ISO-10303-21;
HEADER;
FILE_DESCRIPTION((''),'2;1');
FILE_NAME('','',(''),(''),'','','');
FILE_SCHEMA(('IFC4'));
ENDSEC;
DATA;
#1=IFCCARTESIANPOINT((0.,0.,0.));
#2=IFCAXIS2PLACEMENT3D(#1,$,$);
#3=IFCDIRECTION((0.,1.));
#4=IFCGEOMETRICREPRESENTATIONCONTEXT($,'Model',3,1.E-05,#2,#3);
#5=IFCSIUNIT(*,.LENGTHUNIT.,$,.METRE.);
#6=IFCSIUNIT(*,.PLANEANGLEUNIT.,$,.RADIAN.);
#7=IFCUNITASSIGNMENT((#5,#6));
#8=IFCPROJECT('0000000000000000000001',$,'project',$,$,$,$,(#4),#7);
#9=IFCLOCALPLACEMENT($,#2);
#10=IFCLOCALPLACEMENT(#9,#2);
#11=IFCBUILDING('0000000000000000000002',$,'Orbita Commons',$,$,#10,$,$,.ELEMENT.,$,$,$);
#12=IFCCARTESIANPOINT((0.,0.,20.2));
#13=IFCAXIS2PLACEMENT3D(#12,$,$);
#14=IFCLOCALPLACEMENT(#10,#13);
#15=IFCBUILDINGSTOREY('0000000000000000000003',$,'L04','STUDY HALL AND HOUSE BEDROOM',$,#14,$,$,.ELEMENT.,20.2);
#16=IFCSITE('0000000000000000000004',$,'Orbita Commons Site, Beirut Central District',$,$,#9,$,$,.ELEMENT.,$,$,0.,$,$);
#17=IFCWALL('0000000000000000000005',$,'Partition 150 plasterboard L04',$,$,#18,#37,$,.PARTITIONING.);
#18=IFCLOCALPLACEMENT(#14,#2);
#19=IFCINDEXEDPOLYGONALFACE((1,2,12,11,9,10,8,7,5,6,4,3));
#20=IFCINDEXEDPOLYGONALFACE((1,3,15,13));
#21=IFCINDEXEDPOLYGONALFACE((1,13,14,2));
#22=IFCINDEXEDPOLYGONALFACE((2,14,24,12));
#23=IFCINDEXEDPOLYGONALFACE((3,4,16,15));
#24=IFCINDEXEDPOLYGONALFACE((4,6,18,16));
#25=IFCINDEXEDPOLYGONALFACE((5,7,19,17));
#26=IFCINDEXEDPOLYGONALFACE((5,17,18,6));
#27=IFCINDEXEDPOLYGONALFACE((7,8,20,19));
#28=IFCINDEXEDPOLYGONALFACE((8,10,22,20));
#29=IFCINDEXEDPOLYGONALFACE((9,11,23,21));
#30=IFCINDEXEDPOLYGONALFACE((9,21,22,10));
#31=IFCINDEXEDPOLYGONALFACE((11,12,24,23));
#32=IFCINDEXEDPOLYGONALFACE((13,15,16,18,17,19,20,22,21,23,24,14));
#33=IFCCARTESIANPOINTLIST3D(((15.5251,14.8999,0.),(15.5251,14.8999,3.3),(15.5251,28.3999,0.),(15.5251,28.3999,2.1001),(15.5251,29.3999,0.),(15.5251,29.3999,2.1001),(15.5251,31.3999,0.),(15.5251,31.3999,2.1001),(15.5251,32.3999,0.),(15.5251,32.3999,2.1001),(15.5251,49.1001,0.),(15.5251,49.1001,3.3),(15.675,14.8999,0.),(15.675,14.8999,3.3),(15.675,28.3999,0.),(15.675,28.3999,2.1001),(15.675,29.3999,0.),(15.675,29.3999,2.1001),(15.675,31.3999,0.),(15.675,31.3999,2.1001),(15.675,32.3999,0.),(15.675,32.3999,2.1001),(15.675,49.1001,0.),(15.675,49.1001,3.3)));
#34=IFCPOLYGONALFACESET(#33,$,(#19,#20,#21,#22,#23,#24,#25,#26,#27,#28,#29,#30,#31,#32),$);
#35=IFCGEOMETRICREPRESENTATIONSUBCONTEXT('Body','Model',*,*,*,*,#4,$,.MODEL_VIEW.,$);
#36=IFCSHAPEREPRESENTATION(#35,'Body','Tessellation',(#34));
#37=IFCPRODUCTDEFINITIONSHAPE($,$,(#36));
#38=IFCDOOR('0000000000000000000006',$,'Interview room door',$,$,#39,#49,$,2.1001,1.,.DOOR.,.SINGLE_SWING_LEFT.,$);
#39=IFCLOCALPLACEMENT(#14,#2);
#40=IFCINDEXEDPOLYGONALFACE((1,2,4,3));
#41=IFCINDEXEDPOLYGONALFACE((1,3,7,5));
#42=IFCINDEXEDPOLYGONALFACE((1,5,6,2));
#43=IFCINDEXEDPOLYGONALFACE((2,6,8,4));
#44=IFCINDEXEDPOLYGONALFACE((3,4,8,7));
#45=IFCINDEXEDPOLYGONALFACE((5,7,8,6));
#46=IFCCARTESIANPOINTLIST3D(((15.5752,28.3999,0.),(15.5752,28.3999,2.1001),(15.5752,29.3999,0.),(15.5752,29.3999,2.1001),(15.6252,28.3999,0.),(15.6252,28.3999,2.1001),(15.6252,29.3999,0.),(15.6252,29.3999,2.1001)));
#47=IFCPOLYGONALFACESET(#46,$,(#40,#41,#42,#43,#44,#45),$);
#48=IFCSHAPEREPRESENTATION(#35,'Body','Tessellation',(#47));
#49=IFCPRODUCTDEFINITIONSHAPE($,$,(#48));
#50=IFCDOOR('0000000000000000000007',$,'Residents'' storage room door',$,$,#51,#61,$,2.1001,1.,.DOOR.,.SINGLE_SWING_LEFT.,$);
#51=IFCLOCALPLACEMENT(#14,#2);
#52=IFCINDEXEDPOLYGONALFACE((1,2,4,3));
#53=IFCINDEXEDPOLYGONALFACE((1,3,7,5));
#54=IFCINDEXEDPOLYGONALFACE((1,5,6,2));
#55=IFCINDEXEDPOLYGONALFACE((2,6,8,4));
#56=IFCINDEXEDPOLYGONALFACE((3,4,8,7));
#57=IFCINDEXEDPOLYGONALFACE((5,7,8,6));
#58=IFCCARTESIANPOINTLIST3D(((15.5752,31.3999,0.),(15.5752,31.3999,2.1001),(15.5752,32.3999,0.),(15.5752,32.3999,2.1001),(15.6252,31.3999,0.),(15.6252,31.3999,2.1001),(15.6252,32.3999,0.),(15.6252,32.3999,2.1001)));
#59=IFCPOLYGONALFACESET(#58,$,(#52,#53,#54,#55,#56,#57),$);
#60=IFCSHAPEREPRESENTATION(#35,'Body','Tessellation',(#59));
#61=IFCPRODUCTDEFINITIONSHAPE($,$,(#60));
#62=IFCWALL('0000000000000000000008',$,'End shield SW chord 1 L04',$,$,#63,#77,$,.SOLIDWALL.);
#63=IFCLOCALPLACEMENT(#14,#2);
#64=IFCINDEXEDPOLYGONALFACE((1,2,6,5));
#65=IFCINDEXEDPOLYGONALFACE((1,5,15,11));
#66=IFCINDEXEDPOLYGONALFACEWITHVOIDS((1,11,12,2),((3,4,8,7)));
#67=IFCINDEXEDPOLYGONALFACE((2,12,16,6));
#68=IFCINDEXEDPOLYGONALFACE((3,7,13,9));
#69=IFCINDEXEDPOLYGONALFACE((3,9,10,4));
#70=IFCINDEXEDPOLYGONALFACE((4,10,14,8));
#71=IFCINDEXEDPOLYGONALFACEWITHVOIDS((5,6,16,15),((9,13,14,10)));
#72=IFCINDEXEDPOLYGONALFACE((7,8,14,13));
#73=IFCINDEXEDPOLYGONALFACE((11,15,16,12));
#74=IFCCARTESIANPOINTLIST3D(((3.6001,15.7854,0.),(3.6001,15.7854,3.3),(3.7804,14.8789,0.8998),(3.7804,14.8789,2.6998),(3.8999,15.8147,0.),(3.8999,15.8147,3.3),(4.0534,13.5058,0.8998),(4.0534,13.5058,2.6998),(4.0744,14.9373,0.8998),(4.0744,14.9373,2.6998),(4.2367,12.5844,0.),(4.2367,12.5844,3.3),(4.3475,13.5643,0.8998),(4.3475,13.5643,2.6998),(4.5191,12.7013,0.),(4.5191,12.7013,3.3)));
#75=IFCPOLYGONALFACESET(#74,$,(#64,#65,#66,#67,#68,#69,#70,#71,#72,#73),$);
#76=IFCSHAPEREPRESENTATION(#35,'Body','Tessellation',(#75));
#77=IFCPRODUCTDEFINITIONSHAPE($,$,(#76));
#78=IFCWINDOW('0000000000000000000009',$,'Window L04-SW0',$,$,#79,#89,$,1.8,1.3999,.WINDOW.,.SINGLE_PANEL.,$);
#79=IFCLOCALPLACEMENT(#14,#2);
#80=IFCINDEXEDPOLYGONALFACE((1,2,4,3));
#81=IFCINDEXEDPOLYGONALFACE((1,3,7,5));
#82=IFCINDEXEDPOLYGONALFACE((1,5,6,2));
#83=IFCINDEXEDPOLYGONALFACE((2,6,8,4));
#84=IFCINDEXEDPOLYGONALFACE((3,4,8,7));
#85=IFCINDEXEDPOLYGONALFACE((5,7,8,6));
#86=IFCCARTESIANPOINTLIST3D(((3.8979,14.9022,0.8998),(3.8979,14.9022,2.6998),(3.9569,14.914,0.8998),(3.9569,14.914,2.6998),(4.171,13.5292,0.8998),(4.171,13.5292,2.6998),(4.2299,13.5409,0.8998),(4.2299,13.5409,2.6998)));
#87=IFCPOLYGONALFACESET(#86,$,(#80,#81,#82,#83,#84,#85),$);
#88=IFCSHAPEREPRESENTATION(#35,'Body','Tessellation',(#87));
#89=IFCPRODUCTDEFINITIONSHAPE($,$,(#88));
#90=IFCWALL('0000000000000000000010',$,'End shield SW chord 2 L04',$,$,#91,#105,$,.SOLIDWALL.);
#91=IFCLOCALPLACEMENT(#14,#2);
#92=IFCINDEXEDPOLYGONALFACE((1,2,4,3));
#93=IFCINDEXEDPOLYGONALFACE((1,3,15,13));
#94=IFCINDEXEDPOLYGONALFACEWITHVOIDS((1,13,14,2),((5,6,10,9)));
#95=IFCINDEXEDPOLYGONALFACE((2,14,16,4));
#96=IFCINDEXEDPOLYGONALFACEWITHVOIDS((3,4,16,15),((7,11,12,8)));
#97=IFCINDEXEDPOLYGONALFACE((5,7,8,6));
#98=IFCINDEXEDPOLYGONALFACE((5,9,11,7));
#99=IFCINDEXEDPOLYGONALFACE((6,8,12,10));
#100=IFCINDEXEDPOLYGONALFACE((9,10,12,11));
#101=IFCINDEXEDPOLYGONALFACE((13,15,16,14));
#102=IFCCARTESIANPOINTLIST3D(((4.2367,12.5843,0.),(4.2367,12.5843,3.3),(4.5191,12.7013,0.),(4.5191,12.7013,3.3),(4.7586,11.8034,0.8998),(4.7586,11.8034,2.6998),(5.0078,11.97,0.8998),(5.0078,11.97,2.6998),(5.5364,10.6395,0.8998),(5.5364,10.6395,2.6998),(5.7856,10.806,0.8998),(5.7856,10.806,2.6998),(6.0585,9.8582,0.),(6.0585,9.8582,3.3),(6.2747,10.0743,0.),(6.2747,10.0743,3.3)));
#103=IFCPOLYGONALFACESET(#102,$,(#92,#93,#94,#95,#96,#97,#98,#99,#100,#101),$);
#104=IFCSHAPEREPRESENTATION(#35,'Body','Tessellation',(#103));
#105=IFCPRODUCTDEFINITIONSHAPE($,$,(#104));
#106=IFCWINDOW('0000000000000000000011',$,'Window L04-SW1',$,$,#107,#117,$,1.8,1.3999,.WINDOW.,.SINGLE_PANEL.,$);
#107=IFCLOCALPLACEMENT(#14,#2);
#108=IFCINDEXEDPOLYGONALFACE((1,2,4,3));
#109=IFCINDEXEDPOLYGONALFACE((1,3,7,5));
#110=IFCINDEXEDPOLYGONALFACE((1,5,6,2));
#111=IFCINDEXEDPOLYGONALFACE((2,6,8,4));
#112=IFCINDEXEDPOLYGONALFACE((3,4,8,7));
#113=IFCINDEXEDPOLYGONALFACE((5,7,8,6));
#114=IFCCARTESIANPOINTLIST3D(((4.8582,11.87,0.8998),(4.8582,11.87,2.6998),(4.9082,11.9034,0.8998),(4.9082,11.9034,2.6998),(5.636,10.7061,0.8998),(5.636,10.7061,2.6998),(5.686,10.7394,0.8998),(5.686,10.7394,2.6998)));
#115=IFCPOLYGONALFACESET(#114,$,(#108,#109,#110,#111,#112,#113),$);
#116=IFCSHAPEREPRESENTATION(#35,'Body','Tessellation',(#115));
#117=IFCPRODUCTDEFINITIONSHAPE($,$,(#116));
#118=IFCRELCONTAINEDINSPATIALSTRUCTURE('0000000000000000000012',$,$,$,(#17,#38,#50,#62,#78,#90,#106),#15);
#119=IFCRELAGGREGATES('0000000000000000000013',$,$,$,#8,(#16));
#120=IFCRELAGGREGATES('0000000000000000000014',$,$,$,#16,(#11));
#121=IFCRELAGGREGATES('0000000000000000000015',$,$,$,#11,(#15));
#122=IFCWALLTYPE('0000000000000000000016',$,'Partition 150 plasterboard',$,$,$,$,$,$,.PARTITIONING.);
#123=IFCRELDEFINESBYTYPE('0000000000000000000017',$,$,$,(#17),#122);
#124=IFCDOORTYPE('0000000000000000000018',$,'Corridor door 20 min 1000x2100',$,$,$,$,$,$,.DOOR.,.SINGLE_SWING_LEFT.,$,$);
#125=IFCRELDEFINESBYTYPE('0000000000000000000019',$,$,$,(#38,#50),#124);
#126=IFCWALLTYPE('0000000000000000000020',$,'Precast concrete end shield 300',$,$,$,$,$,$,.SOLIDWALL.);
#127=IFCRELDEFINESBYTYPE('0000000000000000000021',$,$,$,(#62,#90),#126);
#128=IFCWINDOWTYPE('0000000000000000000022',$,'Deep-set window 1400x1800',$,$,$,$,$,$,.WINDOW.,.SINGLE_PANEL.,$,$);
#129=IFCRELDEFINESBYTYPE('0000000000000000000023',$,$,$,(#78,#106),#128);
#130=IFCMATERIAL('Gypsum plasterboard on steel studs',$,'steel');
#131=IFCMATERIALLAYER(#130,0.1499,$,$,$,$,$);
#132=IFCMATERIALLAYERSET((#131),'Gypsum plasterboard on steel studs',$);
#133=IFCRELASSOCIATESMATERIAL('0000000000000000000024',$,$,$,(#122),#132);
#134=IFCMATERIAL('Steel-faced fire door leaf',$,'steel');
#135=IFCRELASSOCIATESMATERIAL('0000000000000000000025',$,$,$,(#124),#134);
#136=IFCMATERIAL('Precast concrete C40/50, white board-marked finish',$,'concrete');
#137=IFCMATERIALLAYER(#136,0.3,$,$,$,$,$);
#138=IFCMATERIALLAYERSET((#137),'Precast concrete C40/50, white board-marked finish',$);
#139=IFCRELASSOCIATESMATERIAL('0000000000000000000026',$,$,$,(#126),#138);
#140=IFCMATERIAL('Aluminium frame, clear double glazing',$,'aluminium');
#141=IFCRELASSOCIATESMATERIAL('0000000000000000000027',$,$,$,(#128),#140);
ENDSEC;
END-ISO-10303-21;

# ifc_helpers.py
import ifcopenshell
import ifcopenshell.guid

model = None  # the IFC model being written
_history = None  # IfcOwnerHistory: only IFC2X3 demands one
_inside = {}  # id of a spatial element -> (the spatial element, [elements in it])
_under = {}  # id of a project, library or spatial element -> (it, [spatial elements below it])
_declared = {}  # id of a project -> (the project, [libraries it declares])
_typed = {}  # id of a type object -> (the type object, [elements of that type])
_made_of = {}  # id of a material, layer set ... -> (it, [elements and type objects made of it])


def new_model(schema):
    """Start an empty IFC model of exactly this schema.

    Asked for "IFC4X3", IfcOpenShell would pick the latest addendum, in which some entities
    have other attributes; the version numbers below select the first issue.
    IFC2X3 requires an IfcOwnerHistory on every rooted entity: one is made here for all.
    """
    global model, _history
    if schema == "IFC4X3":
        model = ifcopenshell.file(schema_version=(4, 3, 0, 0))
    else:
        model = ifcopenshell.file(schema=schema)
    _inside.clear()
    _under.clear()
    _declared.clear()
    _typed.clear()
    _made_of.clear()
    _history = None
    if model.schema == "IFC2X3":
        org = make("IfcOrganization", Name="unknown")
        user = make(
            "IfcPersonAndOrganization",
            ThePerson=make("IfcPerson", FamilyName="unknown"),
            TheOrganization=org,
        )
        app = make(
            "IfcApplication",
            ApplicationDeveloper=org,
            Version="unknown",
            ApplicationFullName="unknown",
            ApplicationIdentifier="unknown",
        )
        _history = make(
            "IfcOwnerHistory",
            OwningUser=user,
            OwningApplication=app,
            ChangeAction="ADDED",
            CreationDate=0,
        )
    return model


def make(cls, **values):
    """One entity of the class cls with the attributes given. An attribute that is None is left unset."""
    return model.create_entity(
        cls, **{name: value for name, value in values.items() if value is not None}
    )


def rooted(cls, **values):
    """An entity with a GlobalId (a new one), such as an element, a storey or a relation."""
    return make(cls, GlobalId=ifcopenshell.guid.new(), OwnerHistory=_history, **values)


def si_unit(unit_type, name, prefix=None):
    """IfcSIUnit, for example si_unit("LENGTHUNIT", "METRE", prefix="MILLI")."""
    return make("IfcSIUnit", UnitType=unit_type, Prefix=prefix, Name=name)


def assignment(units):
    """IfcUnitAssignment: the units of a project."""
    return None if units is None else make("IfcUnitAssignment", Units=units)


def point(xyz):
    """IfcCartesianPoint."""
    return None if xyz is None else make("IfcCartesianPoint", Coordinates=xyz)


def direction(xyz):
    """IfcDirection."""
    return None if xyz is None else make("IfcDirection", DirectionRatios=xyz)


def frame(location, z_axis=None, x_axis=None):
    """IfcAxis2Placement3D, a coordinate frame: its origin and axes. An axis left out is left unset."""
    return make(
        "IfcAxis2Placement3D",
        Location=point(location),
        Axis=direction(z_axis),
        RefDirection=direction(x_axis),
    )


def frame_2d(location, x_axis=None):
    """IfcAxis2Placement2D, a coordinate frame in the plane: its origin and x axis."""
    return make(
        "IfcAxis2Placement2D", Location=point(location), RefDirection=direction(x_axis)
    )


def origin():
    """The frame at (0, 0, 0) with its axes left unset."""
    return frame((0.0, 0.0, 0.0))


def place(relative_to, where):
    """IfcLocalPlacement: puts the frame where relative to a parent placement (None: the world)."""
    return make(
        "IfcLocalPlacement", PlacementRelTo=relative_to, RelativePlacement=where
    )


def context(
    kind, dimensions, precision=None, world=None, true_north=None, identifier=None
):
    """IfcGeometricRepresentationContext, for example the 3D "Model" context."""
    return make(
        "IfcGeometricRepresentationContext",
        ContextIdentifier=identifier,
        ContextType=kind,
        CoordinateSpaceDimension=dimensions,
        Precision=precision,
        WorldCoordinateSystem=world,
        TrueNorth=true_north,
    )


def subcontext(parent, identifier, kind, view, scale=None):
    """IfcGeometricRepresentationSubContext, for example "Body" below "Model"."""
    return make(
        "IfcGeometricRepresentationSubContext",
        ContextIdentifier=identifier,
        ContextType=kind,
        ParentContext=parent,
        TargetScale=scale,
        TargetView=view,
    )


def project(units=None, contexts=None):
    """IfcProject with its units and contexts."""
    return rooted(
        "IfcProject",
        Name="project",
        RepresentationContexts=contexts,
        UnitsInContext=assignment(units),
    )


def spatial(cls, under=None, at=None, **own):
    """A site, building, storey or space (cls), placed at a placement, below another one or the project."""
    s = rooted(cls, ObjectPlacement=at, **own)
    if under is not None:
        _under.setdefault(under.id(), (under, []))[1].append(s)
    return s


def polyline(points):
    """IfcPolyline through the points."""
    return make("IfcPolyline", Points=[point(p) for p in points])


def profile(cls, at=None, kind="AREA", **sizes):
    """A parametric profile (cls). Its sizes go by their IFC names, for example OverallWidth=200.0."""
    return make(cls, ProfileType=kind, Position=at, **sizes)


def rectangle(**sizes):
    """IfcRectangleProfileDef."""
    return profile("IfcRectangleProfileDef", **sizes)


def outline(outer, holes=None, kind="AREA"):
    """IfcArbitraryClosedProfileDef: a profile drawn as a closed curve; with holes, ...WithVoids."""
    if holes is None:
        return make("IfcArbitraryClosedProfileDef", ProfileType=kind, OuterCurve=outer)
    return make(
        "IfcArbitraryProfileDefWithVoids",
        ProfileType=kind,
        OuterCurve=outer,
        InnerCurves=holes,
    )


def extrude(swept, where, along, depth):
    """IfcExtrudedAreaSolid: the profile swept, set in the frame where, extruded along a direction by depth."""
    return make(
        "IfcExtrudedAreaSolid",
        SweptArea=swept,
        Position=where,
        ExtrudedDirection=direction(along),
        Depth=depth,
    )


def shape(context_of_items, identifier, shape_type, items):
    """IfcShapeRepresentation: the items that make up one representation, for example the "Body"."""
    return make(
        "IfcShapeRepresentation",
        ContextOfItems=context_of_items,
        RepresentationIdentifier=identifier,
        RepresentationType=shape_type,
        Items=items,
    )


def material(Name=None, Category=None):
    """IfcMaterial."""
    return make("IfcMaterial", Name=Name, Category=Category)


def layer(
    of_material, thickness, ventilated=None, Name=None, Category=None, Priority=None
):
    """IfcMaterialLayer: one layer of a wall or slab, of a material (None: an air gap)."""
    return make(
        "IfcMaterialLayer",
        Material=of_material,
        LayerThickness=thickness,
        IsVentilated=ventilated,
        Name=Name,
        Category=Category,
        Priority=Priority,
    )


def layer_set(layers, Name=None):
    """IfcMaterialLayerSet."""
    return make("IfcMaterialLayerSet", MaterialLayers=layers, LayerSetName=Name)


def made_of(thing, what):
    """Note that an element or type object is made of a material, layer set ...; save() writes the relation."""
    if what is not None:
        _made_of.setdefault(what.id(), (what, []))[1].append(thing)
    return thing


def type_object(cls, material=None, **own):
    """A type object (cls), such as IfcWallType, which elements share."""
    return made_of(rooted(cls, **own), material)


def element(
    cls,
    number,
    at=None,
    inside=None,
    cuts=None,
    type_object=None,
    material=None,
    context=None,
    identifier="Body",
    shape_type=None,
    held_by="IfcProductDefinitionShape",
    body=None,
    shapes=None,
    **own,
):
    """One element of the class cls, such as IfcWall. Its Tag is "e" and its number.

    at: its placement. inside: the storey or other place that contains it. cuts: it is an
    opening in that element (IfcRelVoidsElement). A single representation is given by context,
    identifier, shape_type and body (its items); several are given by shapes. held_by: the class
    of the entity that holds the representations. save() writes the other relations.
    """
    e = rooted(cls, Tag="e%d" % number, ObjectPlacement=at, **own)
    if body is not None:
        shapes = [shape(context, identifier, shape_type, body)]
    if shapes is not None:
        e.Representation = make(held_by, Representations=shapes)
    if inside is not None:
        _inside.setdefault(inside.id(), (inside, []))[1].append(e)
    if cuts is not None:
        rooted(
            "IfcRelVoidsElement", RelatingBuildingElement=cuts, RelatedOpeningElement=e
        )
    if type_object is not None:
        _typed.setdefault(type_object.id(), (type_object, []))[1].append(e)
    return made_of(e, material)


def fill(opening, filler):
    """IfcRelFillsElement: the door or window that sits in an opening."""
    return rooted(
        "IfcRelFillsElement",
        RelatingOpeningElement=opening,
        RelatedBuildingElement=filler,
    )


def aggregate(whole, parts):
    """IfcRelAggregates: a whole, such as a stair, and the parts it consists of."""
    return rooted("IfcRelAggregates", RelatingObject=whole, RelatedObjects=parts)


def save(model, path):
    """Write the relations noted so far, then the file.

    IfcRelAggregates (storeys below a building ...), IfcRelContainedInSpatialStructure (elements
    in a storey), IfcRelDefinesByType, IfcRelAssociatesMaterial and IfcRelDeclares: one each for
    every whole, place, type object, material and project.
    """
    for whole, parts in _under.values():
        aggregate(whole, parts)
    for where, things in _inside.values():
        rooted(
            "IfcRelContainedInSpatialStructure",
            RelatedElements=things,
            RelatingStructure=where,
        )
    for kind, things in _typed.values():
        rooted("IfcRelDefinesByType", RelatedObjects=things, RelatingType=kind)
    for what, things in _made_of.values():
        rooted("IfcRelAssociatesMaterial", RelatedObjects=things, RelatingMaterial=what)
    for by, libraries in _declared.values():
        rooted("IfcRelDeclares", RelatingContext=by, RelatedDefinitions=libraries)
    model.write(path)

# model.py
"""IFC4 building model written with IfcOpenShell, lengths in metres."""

from ifc_helpers import new_model, si_unit, direction, frame, frame_2d, origin, place, context, subcontext, project, spatial, polyline, rectangle, outline, extrude, material, layer, layer_set, type_object, element, fill, save


model = new_model("IFC4")

# Units and contexts
model_context = context("Model", 3, precision=1e-05, world=origin(), true_north=direction((0.0, 1.0)))
body_context = subcontext(model_context, "Body", "Model", "MODEL_VIEW")
ifc_project = project(units=[si_unit("LENGTHUNIT", "METRE"), si_unit("PLANEANGLEUNIT", "RADIAN")], contexts=[model_context])

# Site, building, storey
site_placement = place(None, origin())
site = spatial("IfcSite", under=ifc_project, at=site_placement, Name="Orbita Commons Site, Beirut Central District", CompositionType="ELEMENT", RefElevation=0.0)
building_placement = place(site_placement, origin())
building = spatial("IfcBuilding", under=site, at=building_placement, Name="Orbita Commons", CompositionType="ELEMENT")
storey_placement = place(building_placement, frame((0.0, 0.0, 20.2)))
storey = spatial("IfcBuildingStorey", under=building, at=storey_placement, Name="L04", Description="STUDY HALL AND HOUSE BEDROOM", CompositionType="ELEMENT", Elevation=20.2)

# Wall, openings, doors
ifc_material_1 = material(Name="Gypsum plasterboard on steel studs", Category="steel")
ifc_layer_1 = layer(ifc_material_1, 0.1499)
ifc_layer_set_1 = layer_set([ifc_layer_1], Name="Gypsum plasterboard on steel studs")
wall_type_1 = type_object("IfcWallType", Name="Partition 150 plasterboard", PredefinedType="PARTITIONING", material=ifc_layer_set_1)
wall_1_placement = place(storey_placement, frame((15.6001, 14.8999, 0.0), z_axis=(0.0, 0.0, 1.0), x_axis=(0.0, 1.0, 0.0)))
wall_1 = element("IfcWall", 1, at=wall_1_placement, inside=storey, type_object=wall_type_1, Name="Partition 150 plasterboard L04", PredefinedType="PARTITIONING", context=body_context, shape_type="SweptSolid", body=[
    extrude(rectangle(XDim=34.2002, YDim=0.1499, at=frame_2d((17.1001, 0.0))), origin(), (0.0, 0.0, 1.0), 3.3),
])
opening_1_placement = place(wall_1_placement, frame((13.5, 0.0, 0.0)))
opening_1 = element("IfcOpeningElement", 2, at=opening_1_placement, cuts=wall_1, PredefinedType="OPENING", context=body_context, shape_type="SweptSolid", body=[
    extrude(rectangle(XDim=1.0, YDim=2.1001, at=frame_2d((0.5, 1.05))), frame((0.0, 0.085, 0.0), z_axis=(0.0, -1.0, 0.0), x_axis=(1.0, 0.0, 0.0)), (0.0, 0.0, 1.0), 0.1699),
])
opening_2_placement = place(wall_1_placement, frame((16.5, 0.0, 0.0)))
opening_2 = element("IfcOpeningElement", 3, at=opening_2_placement, cuts=wall_1, PredefinedType="OPENING", context=body_context, shape_type="SweptSolid", body=[
    extrude(rectangle(XDim=1.0, YDim=2.1001, at=frame_2d((0.5, 1.05))), frame((0.0, 0.085, 0.0), z_axis=(0.0, -1.0, 0.0), x_axis=(1.0, 0.0, 0.0)), (0.0, 0.0, 1.0), 0.1699),
])
ifc_material_2 = material(Name="Steel-faced fire door leaf", Category="steel")
door_type_1 = type_object("IfcDoorType", Name="Corridor door 20 min 1000x2100", OperationType="SINGLE_SWING_LEFT", PredefinedType="DOOR", material=ifc_material_2)
door_1_placement = place(opening_1_placement, origin())
door_1 = element("IfcDoor", 4, at=door_1_placement, inside=storey, type_object=door_type_1, Name="Interview room door", OperationType="SINGLE_SWING_LEFT", OverallHeight=2.1001, OverallWidth=1.0, PredefinedType="DOOR", context=body_context, shape_type="SweptSolid", body=[
    extrude(rectangle(XDim=1.0, YDim=2.1001, at=frame_2d((0.5, 1.05))), frame((0.0, 0.0249, 0.0), z_axis=(0.0, -1.0, 0.0), x_axis=(1.0, 0.0, 0.0)), (0.0, 0.0, 1.0), 0.05),
])
fill(opening_1, door_1)
door_2_placement = place(opening_2_placement, origin())
door_2 = element("IfcDoor", 5, at=door_2_placement, inside=storey, type_object=door_type_1, Name="Residents' storage room door", OperationType="SINGLE_SWING_LEFT", OverallHeight=2.1001, OverallWidth=1.0, PredefinedType="DOOR", context=body_context, shape_type="SweptSolid", body=[
    extrude(rectangle(XDim=1.0, YDim=2.1001, at=frame_2d((0.5, 1.05))), frame((0.0, 0.0249, 0.0), z_axis=(0.0, -1.0, 0.0), x_axis=(1.0, 0.0, 0.0)), (0.0, 0.0, 1.0), 0.05),
])
fill(opening_2, door_2)

# Walls, openings, windows
ifc_material_3 = material(Name="Precast concrete C40/50, white board-marked finish", Category="concrete")
ifc_layer_2 = layer(ifc_material_3, 0.3)
ifc_layer_set_2 = layer_set([ifc_layer_2], Name="Precast concrete C40/50, white board-marked finish")
wall_type_2 = type_object("IfcWallType", Name="Precast concrete end shield 300", PredefinedType="SOLIDWALL", material=ifc_layer_set_2)
wall_2_placement = place(storey_placement, frame((3.75, 15.8, 0.0), z_axis=(0.0, 0.0, 1.0), x_axis=(0.195066, -0.98079, 0.0)))
wall_2 = element("IfcWall", 6, at=wall_2_placement, inside=storey, type_object=wall_type_2, Name="End shield SW chord 1 L04", PredefinedType="SOLIDWALL", context=body_context, shape_type="SweptSolid", body=[
    extrude(outline(polyline([(-0.0149, -0.1499), (3.2488, -0.1499), (3.1892, 0.1499), (0.0149, 0.1499), (-0.0149, -0.1499)])), origin(), (0.0, 0.0, 1.0), 3.3),
])
opening_3_placement = place(wall_2_placement, frame((0.9094, 0.0, 0.8999)))
opening_3 = element("IfcOpeningElement", 7, at=opening_3_placement, cuts=wall_2, PredefinedType="OPENING", context=body_context, shape_type="SweptSolid", body=[
    extrude(rectangle(XDim=1.3999, YDim=1.8, at=frame_2d((0.7, 0.8999))), frame((0.0, 0.1599, 0.0), z_axis=(0.0, -1.0, 0.0), x_axis=(1.0, 0.0, 0.0)), (0.0, 0.0, 1.0), 0.3201),
])
ifc_material_4 = material(Name="Aluminium frame, clear double glazing", Category="aluminium")
window_type = type_object("IfcWindowType", Name="Deep-set window 1400x1800", PartitioningType="SINGLE_PANEL", PredefinedType="WINDOW", material=ifc_material_4)
window_1_placement = place(opening_3_placement, origin())
window_1 = element("IfcWindow", 8, at=window_1_placement, inside=storey, type_object=window_type, Name="Window L04-SW0", OverallHeight=1.8, OverallWidth=1.3999, PartitioningType="SINGLE_PANEL", PredefinedType="WINDOW", context=body_context, shape_type="SweptSolid", body=[
    extrude(rectangle(XDim=1.3999, YDim=1.8, at=frame_2d((0.7, 0.8999))), frame((0.0, 0.03, 0.0), z_axis=(0.0, -1.0, 0.0), x_axis=(1.0, 0.0, 0.0)), (0.0, 0.0, 1.0), 0.0601),
])
fill(opening_3, window_1)
wall_3_placement = place(storey_placement, frame((4.3779, 12.6428, 0.0), z_axis=(0.0, 0.0, 1.0), x_axis=(0.55561, -0.831443, 0.0)))
wall_3 = element("IfcWall", 9, at=wall_3_placement, inside=storey, type_object=wall_type_2, Name="End shield SW chord 2 L04", PredefinedType="SOLIDWALL", context=body_context, shape_type="SweptSolid", body=[
    extrude(outline(polyline([(-0.0298, -0.1499), (3.249, -0.1499), (3.1895, 0.1499), (0.0298, 0.1499), (-0.0298, -0.1499)])), origin(), (0.0, 0.0, 1.0), 3.3),
])
opening_4_placement = place(wall_3_placement, frame((0.9094, 0.0, 0.8999)))
opening_4 = element("IfcOpeningElement", 10, at=opening_4_placement, cuts=wall_3, PredefinedType="OPENING", context=body_context, shape_type="SweptSolid", body=[
    extrude(rectangle(XDim=1.3999, YDim=1.8, at=frame_2d((0.7, 0.8999))), frame((0.0, 0.1599, 0.0), z_axis=(0.0, -1.0, 0.0), x_axis=(1.0, 0.0, 0.0)), (0.0, 0.0, 1.0), 0.3201),
])
window_2_placement = place(opening_4_placement, origin())
window_2 = element("IfcWindow", 11, at=window_2_placement, inside=storey, type_object=window_type, Name="Window L04-SW1", OverallHeight=1.8, OverallWidth=1.3999, PartitioningType="SINGLE_PANEL", PredefinedType="WINDOW", context=body_context, shape_type="SweptSolid", body=[
    extrude(rectangle(XDim=1.3999, YDim=1.8, at=frame_2d((0.7, 0.8999))), frame((0.0, 0.03, 0.0), z_axis=(0.0, -1.0, 0.0), x_axis=(1.0, 0.0, 0.0)), (0.0, 0.0, 1.0), 0.0601),
])
fill(opening_4, window_2)

save(model, "model.ifc")
